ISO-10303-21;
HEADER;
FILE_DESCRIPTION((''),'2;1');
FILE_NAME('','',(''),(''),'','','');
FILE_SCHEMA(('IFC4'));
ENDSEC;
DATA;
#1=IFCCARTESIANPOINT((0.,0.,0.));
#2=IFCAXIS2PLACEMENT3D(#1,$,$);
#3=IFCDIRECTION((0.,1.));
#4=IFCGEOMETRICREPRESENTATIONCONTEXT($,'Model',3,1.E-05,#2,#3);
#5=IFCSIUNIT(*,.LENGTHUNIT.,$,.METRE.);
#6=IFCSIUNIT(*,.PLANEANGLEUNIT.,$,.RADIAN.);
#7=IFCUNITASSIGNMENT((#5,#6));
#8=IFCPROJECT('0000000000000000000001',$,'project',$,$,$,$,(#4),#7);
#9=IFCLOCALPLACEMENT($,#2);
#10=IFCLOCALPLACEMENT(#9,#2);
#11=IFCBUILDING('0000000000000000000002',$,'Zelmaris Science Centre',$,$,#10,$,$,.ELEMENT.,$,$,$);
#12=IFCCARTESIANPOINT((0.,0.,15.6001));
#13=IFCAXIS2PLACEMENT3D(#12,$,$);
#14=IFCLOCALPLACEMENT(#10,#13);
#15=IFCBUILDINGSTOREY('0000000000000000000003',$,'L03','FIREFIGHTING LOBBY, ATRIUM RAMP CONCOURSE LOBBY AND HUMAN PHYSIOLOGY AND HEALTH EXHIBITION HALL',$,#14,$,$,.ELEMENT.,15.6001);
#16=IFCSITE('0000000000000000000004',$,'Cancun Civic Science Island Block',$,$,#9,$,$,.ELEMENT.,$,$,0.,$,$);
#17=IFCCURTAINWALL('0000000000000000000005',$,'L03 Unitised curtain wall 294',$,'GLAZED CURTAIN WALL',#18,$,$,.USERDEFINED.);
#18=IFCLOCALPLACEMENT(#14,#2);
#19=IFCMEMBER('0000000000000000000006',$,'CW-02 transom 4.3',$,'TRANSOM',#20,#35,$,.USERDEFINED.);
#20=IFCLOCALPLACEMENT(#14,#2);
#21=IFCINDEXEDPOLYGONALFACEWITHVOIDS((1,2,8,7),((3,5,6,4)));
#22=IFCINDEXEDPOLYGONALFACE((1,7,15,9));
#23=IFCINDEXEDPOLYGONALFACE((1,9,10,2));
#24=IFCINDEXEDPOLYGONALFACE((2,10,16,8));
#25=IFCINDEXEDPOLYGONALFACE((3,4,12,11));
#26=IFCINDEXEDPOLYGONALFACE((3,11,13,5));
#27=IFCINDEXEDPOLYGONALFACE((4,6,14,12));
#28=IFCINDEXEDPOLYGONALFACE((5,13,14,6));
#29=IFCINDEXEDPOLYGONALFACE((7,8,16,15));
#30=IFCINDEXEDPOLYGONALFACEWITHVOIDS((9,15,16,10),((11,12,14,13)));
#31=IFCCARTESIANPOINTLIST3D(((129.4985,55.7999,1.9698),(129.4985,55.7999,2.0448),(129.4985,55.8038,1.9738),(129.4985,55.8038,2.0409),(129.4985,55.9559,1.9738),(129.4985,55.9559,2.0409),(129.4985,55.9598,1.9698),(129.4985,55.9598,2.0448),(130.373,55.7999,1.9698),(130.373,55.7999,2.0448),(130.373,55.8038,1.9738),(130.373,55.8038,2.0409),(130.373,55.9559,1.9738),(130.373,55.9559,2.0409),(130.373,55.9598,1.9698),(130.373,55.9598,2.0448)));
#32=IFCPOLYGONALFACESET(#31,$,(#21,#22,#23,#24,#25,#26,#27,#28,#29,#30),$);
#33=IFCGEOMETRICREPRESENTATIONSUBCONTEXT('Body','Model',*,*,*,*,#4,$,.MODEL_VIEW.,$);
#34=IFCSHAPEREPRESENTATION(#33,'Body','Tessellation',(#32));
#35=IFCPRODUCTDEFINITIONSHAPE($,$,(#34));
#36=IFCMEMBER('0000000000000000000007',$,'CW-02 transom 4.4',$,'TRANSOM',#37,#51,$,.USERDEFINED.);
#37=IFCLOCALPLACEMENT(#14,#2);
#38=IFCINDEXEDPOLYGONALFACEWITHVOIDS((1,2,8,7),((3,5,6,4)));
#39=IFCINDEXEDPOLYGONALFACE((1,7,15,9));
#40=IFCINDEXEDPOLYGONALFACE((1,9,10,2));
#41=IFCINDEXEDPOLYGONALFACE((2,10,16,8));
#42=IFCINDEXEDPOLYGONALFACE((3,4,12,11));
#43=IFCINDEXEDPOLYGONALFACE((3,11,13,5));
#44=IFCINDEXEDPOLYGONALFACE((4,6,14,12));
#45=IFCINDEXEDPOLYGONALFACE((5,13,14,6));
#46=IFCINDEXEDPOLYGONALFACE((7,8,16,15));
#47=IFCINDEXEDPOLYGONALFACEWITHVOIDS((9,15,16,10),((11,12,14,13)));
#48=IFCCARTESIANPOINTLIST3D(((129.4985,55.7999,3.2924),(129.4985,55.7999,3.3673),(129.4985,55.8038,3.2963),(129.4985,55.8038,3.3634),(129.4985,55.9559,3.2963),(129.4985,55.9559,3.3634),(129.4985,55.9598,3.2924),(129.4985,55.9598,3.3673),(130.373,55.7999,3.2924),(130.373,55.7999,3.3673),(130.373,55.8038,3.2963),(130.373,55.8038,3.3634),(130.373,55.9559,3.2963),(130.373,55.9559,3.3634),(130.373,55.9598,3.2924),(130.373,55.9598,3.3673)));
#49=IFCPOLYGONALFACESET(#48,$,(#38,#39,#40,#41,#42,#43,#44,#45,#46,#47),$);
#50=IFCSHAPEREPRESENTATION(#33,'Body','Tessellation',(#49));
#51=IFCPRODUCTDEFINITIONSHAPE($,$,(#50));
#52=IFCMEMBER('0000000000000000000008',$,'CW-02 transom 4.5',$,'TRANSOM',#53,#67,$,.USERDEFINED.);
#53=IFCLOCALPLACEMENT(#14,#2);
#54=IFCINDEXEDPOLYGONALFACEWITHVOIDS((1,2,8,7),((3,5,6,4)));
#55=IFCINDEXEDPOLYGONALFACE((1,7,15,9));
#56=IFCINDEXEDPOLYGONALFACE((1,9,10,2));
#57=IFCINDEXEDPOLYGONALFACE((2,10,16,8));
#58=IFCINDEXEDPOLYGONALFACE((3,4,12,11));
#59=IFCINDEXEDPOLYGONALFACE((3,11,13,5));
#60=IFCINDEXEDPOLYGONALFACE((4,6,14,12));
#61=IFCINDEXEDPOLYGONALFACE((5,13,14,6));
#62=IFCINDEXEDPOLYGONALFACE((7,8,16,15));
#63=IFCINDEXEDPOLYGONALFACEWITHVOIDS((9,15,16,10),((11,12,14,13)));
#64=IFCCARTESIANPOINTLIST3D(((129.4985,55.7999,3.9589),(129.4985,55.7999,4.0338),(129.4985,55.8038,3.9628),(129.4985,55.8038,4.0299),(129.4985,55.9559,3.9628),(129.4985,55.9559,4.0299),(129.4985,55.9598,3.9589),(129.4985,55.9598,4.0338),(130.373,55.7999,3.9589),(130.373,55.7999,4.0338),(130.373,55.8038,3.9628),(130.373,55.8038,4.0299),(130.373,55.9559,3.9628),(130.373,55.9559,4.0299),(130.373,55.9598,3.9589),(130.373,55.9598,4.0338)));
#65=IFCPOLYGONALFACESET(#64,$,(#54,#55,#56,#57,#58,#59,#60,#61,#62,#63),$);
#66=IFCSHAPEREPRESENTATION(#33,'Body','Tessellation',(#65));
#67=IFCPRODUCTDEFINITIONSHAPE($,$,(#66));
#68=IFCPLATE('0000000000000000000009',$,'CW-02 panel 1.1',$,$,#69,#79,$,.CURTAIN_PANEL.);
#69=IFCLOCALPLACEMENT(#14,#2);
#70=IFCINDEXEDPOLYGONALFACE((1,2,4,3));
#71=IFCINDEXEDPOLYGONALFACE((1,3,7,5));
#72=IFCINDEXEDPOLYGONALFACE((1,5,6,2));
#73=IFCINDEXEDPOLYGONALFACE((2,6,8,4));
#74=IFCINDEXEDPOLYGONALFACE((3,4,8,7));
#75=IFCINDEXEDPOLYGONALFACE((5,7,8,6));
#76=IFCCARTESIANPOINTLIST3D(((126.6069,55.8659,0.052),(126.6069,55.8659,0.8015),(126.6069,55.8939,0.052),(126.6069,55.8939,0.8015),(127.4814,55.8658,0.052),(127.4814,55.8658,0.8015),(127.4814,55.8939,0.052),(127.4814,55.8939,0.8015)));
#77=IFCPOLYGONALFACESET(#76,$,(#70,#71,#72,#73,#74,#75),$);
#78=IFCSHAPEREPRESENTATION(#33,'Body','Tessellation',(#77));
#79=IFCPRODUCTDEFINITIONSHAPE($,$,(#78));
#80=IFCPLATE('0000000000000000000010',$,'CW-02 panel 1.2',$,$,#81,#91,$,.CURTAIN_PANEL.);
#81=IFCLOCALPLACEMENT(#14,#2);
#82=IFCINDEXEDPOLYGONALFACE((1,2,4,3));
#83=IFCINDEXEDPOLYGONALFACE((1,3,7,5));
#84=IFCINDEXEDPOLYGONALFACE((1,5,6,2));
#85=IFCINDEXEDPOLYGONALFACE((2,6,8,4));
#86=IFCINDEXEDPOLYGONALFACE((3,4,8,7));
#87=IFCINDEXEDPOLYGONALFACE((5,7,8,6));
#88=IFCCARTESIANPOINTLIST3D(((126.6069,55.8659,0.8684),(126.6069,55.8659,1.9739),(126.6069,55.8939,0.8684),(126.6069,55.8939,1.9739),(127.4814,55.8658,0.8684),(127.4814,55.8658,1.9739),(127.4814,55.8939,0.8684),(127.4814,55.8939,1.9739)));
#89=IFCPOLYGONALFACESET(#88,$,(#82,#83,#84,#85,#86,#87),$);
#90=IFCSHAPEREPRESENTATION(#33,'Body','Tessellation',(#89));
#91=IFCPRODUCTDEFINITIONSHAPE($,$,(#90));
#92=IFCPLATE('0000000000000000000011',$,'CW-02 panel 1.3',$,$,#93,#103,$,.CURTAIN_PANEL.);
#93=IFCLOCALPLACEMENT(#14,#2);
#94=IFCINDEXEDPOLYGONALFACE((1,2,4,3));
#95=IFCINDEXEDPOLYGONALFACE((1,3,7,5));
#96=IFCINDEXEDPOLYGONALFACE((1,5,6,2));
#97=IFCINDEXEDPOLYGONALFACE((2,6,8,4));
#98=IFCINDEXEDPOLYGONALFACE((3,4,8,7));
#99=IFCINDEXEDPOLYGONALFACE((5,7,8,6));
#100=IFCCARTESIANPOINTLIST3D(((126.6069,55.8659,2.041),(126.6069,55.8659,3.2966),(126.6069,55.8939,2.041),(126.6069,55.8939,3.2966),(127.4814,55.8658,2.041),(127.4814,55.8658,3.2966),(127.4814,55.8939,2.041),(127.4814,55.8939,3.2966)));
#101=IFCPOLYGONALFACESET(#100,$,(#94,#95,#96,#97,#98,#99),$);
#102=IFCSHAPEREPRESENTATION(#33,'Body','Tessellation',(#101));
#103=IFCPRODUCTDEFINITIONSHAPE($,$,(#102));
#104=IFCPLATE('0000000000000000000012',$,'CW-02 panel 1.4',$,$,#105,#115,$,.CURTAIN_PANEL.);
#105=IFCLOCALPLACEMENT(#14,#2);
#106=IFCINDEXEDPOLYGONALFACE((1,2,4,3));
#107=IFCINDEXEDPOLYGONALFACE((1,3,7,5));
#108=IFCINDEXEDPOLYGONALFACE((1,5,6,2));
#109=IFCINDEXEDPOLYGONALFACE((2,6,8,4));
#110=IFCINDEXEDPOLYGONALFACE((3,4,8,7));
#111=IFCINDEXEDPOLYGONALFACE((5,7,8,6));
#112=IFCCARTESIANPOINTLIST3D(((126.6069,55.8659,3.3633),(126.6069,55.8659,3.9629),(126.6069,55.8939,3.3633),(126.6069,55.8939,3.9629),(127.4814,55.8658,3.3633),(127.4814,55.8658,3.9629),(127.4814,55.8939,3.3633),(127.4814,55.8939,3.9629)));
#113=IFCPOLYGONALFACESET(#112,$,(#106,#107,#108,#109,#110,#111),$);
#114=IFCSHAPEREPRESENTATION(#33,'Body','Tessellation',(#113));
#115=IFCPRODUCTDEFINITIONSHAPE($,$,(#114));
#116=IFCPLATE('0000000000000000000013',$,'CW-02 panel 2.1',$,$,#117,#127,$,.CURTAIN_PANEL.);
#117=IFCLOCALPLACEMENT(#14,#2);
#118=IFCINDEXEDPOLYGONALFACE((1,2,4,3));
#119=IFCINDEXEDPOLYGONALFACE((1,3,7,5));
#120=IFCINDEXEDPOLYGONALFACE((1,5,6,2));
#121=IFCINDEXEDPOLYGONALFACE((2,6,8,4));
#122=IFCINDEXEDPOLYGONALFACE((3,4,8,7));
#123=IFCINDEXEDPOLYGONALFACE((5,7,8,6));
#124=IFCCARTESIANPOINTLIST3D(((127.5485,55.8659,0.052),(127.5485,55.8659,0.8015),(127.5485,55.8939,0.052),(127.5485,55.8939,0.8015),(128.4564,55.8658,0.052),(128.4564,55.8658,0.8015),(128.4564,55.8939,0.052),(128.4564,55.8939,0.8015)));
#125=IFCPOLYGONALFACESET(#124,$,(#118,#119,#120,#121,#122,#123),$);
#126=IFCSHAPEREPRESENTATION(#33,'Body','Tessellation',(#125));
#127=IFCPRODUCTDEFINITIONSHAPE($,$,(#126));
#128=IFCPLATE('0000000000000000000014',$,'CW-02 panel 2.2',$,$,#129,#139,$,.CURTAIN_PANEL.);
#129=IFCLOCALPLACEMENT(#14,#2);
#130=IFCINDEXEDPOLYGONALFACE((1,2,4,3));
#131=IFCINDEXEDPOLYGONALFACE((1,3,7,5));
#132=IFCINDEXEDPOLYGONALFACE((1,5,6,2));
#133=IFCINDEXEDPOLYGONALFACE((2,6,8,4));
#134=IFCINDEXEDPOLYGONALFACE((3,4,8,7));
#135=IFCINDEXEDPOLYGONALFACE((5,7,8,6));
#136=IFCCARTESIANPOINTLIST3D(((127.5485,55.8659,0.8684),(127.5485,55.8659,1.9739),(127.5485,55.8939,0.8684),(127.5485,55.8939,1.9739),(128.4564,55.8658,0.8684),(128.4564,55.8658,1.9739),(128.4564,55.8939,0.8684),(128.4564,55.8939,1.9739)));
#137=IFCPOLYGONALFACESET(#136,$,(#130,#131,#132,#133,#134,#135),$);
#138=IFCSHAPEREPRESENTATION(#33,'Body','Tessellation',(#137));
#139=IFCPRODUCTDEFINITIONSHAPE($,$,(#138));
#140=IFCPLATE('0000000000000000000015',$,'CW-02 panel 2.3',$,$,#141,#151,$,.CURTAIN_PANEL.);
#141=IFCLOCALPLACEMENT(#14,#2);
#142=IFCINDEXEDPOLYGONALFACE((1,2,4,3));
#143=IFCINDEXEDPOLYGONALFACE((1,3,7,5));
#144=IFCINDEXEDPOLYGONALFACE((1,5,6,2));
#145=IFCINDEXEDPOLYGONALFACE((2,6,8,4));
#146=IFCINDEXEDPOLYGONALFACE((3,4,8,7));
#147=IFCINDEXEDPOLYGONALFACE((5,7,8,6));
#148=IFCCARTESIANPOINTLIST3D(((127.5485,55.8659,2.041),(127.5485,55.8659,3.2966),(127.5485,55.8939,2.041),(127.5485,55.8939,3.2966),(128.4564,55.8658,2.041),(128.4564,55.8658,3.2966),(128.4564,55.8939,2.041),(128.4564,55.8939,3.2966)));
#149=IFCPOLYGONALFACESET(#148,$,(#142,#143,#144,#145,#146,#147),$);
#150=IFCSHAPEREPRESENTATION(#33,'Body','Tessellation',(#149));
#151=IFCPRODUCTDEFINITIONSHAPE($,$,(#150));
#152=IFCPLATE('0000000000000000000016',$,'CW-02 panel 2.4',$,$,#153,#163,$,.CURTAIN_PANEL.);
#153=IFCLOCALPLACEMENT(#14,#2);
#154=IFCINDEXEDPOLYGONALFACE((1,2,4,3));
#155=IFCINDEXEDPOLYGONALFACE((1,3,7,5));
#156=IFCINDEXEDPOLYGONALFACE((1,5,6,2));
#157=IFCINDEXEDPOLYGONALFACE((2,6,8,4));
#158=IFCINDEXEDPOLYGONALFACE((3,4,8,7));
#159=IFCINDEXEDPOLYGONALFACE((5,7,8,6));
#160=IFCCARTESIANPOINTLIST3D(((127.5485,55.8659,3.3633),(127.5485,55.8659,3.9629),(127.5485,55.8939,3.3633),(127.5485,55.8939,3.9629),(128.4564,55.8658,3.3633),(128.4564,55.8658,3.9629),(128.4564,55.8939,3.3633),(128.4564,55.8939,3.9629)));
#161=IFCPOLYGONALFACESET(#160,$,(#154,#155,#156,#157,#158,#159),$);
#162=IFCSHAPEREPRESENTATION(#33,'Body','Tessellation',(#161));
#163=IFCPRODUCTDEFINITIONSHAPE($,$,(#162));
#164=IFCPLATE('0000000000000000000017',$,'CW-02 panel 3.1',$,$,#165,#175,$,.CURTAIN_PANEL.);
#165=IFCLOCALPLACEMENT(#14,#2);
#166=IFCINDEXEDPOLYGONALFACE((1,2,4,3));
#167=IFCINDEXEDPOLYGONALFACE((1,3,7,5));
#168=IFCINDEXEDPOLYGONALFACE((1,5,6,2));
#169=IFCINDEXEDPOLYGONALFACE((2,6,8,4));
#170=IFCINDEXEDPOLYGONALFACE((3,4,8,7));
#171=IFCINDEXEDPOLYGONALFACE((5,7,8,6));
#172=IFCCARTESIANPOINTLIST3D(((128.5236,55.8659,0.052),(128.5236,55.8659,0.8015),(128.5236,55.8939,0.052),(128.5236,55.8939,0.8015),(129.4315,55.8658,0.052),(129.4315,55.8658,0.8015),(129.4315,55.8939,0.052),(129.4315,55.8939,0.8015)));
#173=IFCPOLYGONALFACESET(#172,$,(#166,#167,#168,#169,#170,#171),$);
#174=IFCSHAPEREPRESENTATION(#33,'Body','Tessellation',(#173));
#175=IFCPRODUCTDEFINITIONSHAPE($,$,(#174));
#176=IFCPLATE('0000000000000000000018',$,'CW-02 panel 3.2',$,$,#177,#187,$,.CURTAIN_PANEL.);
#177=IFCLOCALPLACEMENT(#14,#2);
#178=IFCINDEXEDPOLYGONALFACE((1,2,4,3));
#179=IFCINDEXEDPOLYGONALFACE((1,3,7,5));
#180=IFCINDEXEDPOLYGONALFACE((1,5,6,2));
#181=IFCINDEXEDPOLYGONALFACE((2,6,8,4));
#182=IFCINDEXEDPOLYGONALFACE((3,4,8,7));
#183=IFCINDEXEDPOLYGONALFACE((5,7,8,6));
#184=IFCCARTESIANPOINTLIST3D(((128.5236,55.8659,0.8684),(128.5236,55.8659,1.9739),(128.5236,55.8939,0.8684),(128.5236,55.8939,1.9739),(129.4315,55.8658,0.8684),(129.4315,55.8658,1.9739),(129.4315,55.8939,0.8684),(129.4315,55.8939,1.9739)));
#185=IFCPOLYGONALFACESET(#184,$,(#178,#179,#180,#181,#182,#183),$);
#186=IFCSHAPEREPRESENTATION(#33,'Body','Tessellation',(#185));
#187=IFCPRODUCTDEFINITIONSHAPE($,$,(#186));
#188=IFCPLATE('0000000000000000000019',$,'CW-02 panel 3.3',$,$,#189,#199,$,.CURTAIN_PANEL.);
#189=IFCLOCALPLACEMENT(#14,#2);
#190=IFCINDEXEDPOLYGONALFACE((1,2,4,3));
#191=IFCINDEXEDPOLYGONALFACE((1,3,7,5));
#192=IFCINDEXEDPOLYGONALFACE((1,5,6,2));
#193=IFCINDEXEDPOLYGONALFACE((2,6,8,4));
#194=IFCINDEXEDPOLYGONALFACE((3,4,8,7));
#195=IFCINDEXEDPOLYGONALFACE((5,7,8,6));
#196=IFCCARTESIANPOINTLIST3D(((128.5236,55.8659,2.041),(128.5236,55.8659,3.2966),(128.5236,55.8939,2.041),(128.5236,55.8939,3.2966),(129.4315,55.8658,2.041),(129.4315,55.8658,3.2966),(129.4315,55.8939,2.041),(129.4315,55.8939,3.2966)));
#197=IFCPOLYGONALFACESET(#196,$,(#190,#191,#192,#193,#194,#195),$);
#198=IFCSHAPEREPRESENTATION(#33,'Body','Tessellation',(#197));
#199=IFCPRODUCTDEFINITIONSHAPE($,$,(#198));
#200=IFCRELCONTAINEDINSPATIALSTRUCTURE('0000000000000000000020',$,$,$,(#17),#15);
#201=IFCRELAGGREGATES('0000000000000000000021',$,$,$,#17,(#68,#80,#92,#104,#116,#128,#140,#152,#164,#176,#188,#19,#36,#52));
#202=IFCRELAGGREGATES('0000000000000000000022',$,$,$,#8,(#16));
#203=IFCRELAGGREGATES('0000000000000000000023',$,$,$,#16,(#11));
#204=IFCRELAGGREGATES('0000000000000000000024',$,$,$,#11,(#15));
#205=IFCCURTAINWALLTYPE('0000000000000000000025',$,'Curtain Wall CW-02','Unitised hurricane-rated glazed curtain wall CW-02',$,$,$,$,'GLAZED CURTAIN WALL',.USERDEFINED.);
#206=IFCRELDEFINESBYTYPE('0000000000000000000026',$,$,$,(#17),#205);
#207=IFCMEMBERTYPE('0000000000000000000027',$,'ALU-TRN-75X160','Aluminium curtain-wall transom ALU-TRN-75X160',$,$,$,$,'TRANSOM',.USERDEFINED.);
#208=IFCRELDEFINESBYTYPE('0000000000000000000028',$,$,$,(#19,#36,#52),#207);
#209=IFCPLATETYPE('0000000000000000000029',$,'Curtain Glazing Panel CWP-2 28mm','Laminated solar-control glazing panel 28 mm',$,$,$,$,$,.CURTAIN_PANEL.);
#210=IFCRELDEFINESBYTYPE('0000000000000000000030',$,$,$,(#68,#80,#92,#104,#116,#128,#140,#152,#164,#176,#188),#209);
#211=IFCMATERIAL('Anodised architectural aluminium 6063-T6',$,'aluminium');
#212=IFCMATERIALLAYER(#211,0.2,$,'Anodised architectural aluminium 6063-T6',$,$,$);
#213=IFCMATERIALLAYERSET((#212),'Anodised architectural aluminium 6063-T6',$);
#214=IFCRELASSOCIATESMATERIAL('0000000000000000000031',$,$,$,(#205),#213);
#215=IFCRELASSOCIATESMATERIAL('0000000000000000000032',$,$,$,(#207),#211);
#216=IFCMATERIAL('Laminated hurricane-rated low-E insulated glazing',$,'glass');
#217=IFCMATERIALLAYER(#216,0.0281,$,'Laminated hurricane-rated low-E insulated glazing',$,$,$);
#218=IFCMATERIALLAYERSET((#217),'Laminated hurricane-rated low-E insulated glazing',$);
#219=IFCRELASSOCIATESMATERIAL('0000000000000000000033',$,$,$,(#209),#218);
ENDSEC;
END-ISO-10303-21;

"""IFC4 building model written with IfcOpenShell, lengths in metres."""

from ifc_helpers import new_model, si_unit, direction, frame, origin, origin_2d, place, context, subcontext, project, spatial, rectangle, hollow_rectangle, extrude, material, layer, layer_set, material_profile, profile_set, type_object, element, aggregate, save


model = new_model("IFC4")

# Units and contexts
model_context = context("Model", 3, precision=1e-05, world=origin(), true_north=direction((0.0, 1.0)))
body_context = subcontext(model_context, "Body", "Model", "MODEL_VIEW")
ifc_project = project(units=[si_unit("LENGTHUNIT", "METRE"), si_unit("PLANEANGLEUNIT", "RADIAN")], contexts=[model_context])

# Site, building, storey
site_placement = place(None, origin())
site = spatial("IfcSite", under=ifc_project, at=site_placement, Name="Cancun Civic Science Island Block", CompositionType="ELEMENT", RefElevation=0.0)
building_placement = place(site_placement, origin())
building = spatial("IfcBuilding", under=site, at=building_placement, Name="Zelmaris Science Centre", CompositionType="ELEMENT")
storey_placement = place(building_placement, frame((0.0, 0.0, 15.6001)))
storey = spatial("IfcBuildingStorey", under=building, at=storey_placement, Name="L03", Description="FIREFIGHTING LOBBY, ATRIUM RAMP CONCOURSE LOBBY AND HUMAN PHYSIOLOGY AND HEALTH EXHIBITION HALL", CompositionType="ELEMENT", Elevation=15.6001)

# Shared definitions
ifc_material_1 = material(Name="Anodised architectural aluminium 6063-T6", Category="aluminium")

# Curtain wall, members, plates
ifc_layer_1 = layer(ifc_material_1, 0.2, Name="Anodised architectural aluminium 6063-T6")
ifc_layer_set_1 = layer_set([ifc_layer_1], Name="Anodised architectural aluminium 6063-T6")
curtain_wall_type_1 = type_object("IfcCurtainWallType", Name="Curtain Wall CW-02", Description="Unitised hurricane-rated glazed curtain wall CW-02", ElementType="GLAZED CURTAIN WALL", PredefinedType="USERDEFINED", material=ifc_layer_set_1)
curtain_wall_1_placement = place(storey_placement, origin())
curtain_wall_1 = element("IfcCurtainWall", 1, at=curtain_wall_1_placement, inside=storey, type_object=curtain_wall_type_1, Name="L03 Unitised curtain wall 294", ObjectType="GLAZED CURTAIN WALL", PredefinedType="USERDEFINED")
ifc_material_profile_1 = material_profile(ifc_material_1, hollow_rectangle(XDim=0.075, YDim=0.1599, WallThickness=0.0039, at=origin_2d()), Name="ALU-TRN-75X160")
ifc_profile_set_1 = profile_set([ifc_material_profile_1], Name="Anodised architectural aluminium 6063-T6")
member_type_1 = type_object("IfcMemberType", Name="ALU-TRN-75X160", Description="Aluminium curtain-wall transom ALU-TRN-75X160", ElementType="TRANSOM", PredefinedType="USERDEFINED", material=ifc_profile_set_1)
member_1_placement = place(storey_placement, frame((129.4985, 55.8799, 2.0073), z_axis=(1.0, 0.0, 0.0), x_axis=(0.0, 0.0, 1.0)))
member_1 = element("IfcMember", 2, at=member_1_placement, type_object=member_type_1, Name="CW-02 transom 4.3", ObjectType="TRANSOM", PredefinedType="USERDEFINED", context=body_context, shape_type="SweptSolid", body=[
    extrude(hollow_rectangle(XDim=0.075, YDim=0.1599, WallThickness=0.0039, at=origin_2d()), origin(), (0.0, 0.0, 1.0), 0.8745),
])
member_2_placement = place(storey_placement, frame((129.4985, 55.8799, 3.3298), z_axis=(1.0, 0.0, 0.0), x_axis=(0.0, 0.0, 1.0)))
member_2 = element("IfcMember", 3, at=member_2_placement, type_object=member_type_1, Name="CW-02 transom 4.4", ObjectType="TRANSOM", PredefinedType="USERDEFINED", context=body_context, shape_type="SweptSolid", body=[
    extrude(hollow_rectangle(XDim=0.075, YDim=0.1599, WallThickness=0.0039, at=origin_2d()), origin(), (0.0, 0.0, 1.0), 0.8745),
])
member_3_placement = place(storey_placement, frame((129.4985, 55.8799, 3.9963), z_axis=(1.0, 0.0, 0.0), x_axis=(0.0, 0.0, 1.0)))
member_3 = element("IfcMember", 4, at=member_3_placement, type_object=member_type_1, Name="CW-02 transom 4.5", ObjectType="TRANSOM", PredefinedType="USERDEFINED", context=body_context, shape_type="SweptSolid", body=[
    extrude(hollow_rectangle(XDim=0.075, YDim=0.1599, WallThickness=0.0039, at=origin_2d()), origin(), (0.0, 0.0, 1.0), 0.8745),
])
ifc_material_2 = material(Name="Laminated hurricane-rated low-E insulated glazing", Category="glass")
ifc_layer_2 = layer(ifc_material_2, 0.0281, Name="Laminated hurricane-rated low-E insulated glazing")
ifc_layer_set_2 = layer_set([ifc_layer_2], Name="Laminated hurricane-rated low-E insulated glazing")
plate_type_1 = type_object("IfcPlateType", Name="Curtain Glazing Panel CWP-2 28mm", Description="Laminated solar-control glazing panel 28 mm", PredefinedType="CURTAIN_PANEL", material=ifc_layer_set_2)
plate_1_placement = place(storey_placement, frame((127.0442, 55.8799, 0.052), z_axis=(0.0, 0.0, 1.0), x_axis=(1.0, -0.000026, 0.0)))
plate_1 = element("IfcPlate", 5, at=plate_1_placement, type_object=plate_type_1, Name="CW-02 panel 1.1", PredefinedType="CURTAIN_PANEL", context=body_context, shape_type="SweptSolid", body=[
    extrude(rectangle(XDim=0.8745, YDim=0.0281, at=origin_2d()), origin(), (0.0, 0.0, 1.0), 0.7495),
])
plate_2_placement = place(storey_placement, frame((127.0442, 55.8799, 0.8684), z_axis=(0.0, 0.0, 1.0), x_axis=(1.0, -0.000026, 0.0)))
plate_2 = element("IfcPlate", 6, at=plate_2_placement, type_object=plate_type_1, Name="CW-02 panel 1.2", PredefinedType="CURTAIN_PANEL", context=body_context, shape_type="SweptSolid", body=[
    extrude(rectangle(XDim=0.8745, YDim=0.0281, at=origin_2d()), origin(), (0.0, 0.0, 1.0), 1.1055),
])
plate_3_placement = place(storey_placement, frame((127.0442, 55.8799, 2.041), z_axis=(0.0, 0.0, 1.0), x_axis=(1.0, -0.000026, 0.0)))
plate_3 = element("IfcPlate", 7, at=plate_3_placement, type_object=plate_type_1, Name="CW-02 panel 1.3", PredefinedType="CURTAIN_PANEL", context=body_context, shape_type="SweptSolid", body=[
    extrude(rectangle(XDim=0.8745, YDim=0.0281, at=origin_2d()), origin(), (0.0, 0.0, 1.0), 1.2556),
])
plate_4_placement = place(storey_placement, frame((127.0442, 55.8799, 3.3633), z_axis=(0.0, 0.0, 1.0), x_axis=(1.0, -0.000026, 0.0)))
plate_4 = element("IfcPlate", 8, at=plate_4_placement, type_object=plate_type_1, Name="CW-02 panel 1.4", PredefinedType="CURTAIN_PANEL", context=body_context, shape_type="SweptSolid", body=[
    extrude(rectangle(XDim=0.8745, YDim=0.0281, at=origin_2d()), origin(), (0.0, 0.0, 1.0), 0.5996),
])
plate_5_placement = place(storey_placement, frame((128.0024, 55.8799, 0.052), z_axis=(0.0, 0.0, 1.0), x_axis=(1.0, -0.000026, 0.0)))
plate_5 = element("IfcPlate", 9, at=plate_5_placement, type_object=plate_type_1, Name="CW-02 panel 2.1", PredefinedType="CURTAIN_PANEL", context=body_context, shape_type="SweptSolid", body=[
    extrude(rectangle(XDim=0.908, YDim=0.0281, at=origin_2d()), origin(), (0.0, 0.0, 1.0), 0.7495),
])
plate_6_placement = place(storey_placement, frame((128.0024, 55.8799, 0.8684), z_axis=(0.0, 0.0, 1.0), x_axis=(1.0, -0.000026, 0.0)))
plate_6 = element("IfcPlate", 10, at=plate_6_placement, type_object=plate_type_1, Name="CW-02 panel 2.2", PredefinedType="CURTAIN_PANEL", context=body_context, shape_type="SweptSolid", body=[
    extrude(rectangle(XDim=0.908, YDim=0.0281, at=origin_2d()), origin(), (0.0, 0.0, 1.0), 1.1055),
])
plate_7_placement = place(storey_placement, frame((128.0024, 55.8799, 2.041), z_axis=(0.0, 0.0, 1.0), x_axis=(1.0, -0.000026, 0.0)))
plate_7 = element("IfcPlate", 11, at=plate_7_placement, type_object=plate_type_1, Name="CW-02 panel 2.3", PredefinedType="CURTAIN_PANEL", context=body_context, shape_type="SweptSolid", body=[
    extrude(rectangle(XDim=0.908, YDim=0.0281, at=origin_2d()), origin(), (0.0, 0.0, 1.0), 1.2556),
])
plate_8_placement = place(storey_placement, frame((128.0024, 55.8799, 3.3633), z_axis=(0.0, 0.0, 1.0), x_axis=(1.0, -0.000026, 0.0)))
plate_8 = element("IfcPlate", 12, at=plate_8_placement, type_object=plate_type_1, Name="CW-02 panel 2.4", PredefinedType="CURTAIN_PANEL", context=body_context, shape_type="SweptSolid", body=[
    extrude(rectangle(XDim=0.908, YDim=0.0281, at=origin_2d()), origin(), (0.0, 0.0, 1.0), 0.5996),
])
plate_9_placement = place(storey_placement, frame((128.9775, 55.8799, 0.052), z_axis=(0.0, 0.0, 1.0), x_axis=(1.0, -0.000026, 0.0)))
plate_9 = element("IfcPlate", 13, at=plate_9_placement, type_object=plate_type_1, Name="CW-02 panel 3.1", PredefinedType="CURTAIN_PANEL", context=body_context, shape_type="SweptSolid", body=[
    extrude(rectangle(XDim=0.908, YDim=0.0281, at=origin_2d()), origin(), (0.0, 0.0, 1.0), 0.7495),
])
plate_10_placement = place(storey_placement, frame((128.9775, 55.8799, 0.8684), z_axis=(0.0, 0.0, 1.0), x_axis=(1.0, -0.000026, 0.0)))
plate_10 = element("IfcPlate", 14, at=plate_10_placement, type_object=plate_type_1, Name="CW-02 panel 3.2", PredefinedType="CURTAIN_PANEL", context=body_context, shape_type="SweptSolid", body=[
    extrude(rectangle(XDim=0.908, YDim=0.0281, at=origin_2d()), origin(), (0.0, 0.0, 1.0), 1.1055),
])
plate_11_placement = place(storey_placement, frame((128.9775, 55.8799, 2.041), z_axis=(0.0, 0.0, 1.0), x_axis=(1.0, -0.000026, 0.0)))
plate_11 = element("IfcPlate", 15, at=plate_11_placement, type_object=plate_type_1, Name="CW-02 panel 3.3", PredefinedType="CURTAIN_PANEL", context=body_context, shape_type="SweptSolid", body=[
    extrude(rectangle(XDim=0.908, YDim=0.0281, at=origin_2d()), origin(), (0.0, 0.0, 1.0), 1.2556),
])
aggregate(curtain_wall_1, [plate_1, plate_2, plate_3, plate_4, plate_5, plate_6, plate_7, plate_8, plate_9, plate_10, plate_11, member_1, member_2, member_3])

save(model, "model.ifc")
